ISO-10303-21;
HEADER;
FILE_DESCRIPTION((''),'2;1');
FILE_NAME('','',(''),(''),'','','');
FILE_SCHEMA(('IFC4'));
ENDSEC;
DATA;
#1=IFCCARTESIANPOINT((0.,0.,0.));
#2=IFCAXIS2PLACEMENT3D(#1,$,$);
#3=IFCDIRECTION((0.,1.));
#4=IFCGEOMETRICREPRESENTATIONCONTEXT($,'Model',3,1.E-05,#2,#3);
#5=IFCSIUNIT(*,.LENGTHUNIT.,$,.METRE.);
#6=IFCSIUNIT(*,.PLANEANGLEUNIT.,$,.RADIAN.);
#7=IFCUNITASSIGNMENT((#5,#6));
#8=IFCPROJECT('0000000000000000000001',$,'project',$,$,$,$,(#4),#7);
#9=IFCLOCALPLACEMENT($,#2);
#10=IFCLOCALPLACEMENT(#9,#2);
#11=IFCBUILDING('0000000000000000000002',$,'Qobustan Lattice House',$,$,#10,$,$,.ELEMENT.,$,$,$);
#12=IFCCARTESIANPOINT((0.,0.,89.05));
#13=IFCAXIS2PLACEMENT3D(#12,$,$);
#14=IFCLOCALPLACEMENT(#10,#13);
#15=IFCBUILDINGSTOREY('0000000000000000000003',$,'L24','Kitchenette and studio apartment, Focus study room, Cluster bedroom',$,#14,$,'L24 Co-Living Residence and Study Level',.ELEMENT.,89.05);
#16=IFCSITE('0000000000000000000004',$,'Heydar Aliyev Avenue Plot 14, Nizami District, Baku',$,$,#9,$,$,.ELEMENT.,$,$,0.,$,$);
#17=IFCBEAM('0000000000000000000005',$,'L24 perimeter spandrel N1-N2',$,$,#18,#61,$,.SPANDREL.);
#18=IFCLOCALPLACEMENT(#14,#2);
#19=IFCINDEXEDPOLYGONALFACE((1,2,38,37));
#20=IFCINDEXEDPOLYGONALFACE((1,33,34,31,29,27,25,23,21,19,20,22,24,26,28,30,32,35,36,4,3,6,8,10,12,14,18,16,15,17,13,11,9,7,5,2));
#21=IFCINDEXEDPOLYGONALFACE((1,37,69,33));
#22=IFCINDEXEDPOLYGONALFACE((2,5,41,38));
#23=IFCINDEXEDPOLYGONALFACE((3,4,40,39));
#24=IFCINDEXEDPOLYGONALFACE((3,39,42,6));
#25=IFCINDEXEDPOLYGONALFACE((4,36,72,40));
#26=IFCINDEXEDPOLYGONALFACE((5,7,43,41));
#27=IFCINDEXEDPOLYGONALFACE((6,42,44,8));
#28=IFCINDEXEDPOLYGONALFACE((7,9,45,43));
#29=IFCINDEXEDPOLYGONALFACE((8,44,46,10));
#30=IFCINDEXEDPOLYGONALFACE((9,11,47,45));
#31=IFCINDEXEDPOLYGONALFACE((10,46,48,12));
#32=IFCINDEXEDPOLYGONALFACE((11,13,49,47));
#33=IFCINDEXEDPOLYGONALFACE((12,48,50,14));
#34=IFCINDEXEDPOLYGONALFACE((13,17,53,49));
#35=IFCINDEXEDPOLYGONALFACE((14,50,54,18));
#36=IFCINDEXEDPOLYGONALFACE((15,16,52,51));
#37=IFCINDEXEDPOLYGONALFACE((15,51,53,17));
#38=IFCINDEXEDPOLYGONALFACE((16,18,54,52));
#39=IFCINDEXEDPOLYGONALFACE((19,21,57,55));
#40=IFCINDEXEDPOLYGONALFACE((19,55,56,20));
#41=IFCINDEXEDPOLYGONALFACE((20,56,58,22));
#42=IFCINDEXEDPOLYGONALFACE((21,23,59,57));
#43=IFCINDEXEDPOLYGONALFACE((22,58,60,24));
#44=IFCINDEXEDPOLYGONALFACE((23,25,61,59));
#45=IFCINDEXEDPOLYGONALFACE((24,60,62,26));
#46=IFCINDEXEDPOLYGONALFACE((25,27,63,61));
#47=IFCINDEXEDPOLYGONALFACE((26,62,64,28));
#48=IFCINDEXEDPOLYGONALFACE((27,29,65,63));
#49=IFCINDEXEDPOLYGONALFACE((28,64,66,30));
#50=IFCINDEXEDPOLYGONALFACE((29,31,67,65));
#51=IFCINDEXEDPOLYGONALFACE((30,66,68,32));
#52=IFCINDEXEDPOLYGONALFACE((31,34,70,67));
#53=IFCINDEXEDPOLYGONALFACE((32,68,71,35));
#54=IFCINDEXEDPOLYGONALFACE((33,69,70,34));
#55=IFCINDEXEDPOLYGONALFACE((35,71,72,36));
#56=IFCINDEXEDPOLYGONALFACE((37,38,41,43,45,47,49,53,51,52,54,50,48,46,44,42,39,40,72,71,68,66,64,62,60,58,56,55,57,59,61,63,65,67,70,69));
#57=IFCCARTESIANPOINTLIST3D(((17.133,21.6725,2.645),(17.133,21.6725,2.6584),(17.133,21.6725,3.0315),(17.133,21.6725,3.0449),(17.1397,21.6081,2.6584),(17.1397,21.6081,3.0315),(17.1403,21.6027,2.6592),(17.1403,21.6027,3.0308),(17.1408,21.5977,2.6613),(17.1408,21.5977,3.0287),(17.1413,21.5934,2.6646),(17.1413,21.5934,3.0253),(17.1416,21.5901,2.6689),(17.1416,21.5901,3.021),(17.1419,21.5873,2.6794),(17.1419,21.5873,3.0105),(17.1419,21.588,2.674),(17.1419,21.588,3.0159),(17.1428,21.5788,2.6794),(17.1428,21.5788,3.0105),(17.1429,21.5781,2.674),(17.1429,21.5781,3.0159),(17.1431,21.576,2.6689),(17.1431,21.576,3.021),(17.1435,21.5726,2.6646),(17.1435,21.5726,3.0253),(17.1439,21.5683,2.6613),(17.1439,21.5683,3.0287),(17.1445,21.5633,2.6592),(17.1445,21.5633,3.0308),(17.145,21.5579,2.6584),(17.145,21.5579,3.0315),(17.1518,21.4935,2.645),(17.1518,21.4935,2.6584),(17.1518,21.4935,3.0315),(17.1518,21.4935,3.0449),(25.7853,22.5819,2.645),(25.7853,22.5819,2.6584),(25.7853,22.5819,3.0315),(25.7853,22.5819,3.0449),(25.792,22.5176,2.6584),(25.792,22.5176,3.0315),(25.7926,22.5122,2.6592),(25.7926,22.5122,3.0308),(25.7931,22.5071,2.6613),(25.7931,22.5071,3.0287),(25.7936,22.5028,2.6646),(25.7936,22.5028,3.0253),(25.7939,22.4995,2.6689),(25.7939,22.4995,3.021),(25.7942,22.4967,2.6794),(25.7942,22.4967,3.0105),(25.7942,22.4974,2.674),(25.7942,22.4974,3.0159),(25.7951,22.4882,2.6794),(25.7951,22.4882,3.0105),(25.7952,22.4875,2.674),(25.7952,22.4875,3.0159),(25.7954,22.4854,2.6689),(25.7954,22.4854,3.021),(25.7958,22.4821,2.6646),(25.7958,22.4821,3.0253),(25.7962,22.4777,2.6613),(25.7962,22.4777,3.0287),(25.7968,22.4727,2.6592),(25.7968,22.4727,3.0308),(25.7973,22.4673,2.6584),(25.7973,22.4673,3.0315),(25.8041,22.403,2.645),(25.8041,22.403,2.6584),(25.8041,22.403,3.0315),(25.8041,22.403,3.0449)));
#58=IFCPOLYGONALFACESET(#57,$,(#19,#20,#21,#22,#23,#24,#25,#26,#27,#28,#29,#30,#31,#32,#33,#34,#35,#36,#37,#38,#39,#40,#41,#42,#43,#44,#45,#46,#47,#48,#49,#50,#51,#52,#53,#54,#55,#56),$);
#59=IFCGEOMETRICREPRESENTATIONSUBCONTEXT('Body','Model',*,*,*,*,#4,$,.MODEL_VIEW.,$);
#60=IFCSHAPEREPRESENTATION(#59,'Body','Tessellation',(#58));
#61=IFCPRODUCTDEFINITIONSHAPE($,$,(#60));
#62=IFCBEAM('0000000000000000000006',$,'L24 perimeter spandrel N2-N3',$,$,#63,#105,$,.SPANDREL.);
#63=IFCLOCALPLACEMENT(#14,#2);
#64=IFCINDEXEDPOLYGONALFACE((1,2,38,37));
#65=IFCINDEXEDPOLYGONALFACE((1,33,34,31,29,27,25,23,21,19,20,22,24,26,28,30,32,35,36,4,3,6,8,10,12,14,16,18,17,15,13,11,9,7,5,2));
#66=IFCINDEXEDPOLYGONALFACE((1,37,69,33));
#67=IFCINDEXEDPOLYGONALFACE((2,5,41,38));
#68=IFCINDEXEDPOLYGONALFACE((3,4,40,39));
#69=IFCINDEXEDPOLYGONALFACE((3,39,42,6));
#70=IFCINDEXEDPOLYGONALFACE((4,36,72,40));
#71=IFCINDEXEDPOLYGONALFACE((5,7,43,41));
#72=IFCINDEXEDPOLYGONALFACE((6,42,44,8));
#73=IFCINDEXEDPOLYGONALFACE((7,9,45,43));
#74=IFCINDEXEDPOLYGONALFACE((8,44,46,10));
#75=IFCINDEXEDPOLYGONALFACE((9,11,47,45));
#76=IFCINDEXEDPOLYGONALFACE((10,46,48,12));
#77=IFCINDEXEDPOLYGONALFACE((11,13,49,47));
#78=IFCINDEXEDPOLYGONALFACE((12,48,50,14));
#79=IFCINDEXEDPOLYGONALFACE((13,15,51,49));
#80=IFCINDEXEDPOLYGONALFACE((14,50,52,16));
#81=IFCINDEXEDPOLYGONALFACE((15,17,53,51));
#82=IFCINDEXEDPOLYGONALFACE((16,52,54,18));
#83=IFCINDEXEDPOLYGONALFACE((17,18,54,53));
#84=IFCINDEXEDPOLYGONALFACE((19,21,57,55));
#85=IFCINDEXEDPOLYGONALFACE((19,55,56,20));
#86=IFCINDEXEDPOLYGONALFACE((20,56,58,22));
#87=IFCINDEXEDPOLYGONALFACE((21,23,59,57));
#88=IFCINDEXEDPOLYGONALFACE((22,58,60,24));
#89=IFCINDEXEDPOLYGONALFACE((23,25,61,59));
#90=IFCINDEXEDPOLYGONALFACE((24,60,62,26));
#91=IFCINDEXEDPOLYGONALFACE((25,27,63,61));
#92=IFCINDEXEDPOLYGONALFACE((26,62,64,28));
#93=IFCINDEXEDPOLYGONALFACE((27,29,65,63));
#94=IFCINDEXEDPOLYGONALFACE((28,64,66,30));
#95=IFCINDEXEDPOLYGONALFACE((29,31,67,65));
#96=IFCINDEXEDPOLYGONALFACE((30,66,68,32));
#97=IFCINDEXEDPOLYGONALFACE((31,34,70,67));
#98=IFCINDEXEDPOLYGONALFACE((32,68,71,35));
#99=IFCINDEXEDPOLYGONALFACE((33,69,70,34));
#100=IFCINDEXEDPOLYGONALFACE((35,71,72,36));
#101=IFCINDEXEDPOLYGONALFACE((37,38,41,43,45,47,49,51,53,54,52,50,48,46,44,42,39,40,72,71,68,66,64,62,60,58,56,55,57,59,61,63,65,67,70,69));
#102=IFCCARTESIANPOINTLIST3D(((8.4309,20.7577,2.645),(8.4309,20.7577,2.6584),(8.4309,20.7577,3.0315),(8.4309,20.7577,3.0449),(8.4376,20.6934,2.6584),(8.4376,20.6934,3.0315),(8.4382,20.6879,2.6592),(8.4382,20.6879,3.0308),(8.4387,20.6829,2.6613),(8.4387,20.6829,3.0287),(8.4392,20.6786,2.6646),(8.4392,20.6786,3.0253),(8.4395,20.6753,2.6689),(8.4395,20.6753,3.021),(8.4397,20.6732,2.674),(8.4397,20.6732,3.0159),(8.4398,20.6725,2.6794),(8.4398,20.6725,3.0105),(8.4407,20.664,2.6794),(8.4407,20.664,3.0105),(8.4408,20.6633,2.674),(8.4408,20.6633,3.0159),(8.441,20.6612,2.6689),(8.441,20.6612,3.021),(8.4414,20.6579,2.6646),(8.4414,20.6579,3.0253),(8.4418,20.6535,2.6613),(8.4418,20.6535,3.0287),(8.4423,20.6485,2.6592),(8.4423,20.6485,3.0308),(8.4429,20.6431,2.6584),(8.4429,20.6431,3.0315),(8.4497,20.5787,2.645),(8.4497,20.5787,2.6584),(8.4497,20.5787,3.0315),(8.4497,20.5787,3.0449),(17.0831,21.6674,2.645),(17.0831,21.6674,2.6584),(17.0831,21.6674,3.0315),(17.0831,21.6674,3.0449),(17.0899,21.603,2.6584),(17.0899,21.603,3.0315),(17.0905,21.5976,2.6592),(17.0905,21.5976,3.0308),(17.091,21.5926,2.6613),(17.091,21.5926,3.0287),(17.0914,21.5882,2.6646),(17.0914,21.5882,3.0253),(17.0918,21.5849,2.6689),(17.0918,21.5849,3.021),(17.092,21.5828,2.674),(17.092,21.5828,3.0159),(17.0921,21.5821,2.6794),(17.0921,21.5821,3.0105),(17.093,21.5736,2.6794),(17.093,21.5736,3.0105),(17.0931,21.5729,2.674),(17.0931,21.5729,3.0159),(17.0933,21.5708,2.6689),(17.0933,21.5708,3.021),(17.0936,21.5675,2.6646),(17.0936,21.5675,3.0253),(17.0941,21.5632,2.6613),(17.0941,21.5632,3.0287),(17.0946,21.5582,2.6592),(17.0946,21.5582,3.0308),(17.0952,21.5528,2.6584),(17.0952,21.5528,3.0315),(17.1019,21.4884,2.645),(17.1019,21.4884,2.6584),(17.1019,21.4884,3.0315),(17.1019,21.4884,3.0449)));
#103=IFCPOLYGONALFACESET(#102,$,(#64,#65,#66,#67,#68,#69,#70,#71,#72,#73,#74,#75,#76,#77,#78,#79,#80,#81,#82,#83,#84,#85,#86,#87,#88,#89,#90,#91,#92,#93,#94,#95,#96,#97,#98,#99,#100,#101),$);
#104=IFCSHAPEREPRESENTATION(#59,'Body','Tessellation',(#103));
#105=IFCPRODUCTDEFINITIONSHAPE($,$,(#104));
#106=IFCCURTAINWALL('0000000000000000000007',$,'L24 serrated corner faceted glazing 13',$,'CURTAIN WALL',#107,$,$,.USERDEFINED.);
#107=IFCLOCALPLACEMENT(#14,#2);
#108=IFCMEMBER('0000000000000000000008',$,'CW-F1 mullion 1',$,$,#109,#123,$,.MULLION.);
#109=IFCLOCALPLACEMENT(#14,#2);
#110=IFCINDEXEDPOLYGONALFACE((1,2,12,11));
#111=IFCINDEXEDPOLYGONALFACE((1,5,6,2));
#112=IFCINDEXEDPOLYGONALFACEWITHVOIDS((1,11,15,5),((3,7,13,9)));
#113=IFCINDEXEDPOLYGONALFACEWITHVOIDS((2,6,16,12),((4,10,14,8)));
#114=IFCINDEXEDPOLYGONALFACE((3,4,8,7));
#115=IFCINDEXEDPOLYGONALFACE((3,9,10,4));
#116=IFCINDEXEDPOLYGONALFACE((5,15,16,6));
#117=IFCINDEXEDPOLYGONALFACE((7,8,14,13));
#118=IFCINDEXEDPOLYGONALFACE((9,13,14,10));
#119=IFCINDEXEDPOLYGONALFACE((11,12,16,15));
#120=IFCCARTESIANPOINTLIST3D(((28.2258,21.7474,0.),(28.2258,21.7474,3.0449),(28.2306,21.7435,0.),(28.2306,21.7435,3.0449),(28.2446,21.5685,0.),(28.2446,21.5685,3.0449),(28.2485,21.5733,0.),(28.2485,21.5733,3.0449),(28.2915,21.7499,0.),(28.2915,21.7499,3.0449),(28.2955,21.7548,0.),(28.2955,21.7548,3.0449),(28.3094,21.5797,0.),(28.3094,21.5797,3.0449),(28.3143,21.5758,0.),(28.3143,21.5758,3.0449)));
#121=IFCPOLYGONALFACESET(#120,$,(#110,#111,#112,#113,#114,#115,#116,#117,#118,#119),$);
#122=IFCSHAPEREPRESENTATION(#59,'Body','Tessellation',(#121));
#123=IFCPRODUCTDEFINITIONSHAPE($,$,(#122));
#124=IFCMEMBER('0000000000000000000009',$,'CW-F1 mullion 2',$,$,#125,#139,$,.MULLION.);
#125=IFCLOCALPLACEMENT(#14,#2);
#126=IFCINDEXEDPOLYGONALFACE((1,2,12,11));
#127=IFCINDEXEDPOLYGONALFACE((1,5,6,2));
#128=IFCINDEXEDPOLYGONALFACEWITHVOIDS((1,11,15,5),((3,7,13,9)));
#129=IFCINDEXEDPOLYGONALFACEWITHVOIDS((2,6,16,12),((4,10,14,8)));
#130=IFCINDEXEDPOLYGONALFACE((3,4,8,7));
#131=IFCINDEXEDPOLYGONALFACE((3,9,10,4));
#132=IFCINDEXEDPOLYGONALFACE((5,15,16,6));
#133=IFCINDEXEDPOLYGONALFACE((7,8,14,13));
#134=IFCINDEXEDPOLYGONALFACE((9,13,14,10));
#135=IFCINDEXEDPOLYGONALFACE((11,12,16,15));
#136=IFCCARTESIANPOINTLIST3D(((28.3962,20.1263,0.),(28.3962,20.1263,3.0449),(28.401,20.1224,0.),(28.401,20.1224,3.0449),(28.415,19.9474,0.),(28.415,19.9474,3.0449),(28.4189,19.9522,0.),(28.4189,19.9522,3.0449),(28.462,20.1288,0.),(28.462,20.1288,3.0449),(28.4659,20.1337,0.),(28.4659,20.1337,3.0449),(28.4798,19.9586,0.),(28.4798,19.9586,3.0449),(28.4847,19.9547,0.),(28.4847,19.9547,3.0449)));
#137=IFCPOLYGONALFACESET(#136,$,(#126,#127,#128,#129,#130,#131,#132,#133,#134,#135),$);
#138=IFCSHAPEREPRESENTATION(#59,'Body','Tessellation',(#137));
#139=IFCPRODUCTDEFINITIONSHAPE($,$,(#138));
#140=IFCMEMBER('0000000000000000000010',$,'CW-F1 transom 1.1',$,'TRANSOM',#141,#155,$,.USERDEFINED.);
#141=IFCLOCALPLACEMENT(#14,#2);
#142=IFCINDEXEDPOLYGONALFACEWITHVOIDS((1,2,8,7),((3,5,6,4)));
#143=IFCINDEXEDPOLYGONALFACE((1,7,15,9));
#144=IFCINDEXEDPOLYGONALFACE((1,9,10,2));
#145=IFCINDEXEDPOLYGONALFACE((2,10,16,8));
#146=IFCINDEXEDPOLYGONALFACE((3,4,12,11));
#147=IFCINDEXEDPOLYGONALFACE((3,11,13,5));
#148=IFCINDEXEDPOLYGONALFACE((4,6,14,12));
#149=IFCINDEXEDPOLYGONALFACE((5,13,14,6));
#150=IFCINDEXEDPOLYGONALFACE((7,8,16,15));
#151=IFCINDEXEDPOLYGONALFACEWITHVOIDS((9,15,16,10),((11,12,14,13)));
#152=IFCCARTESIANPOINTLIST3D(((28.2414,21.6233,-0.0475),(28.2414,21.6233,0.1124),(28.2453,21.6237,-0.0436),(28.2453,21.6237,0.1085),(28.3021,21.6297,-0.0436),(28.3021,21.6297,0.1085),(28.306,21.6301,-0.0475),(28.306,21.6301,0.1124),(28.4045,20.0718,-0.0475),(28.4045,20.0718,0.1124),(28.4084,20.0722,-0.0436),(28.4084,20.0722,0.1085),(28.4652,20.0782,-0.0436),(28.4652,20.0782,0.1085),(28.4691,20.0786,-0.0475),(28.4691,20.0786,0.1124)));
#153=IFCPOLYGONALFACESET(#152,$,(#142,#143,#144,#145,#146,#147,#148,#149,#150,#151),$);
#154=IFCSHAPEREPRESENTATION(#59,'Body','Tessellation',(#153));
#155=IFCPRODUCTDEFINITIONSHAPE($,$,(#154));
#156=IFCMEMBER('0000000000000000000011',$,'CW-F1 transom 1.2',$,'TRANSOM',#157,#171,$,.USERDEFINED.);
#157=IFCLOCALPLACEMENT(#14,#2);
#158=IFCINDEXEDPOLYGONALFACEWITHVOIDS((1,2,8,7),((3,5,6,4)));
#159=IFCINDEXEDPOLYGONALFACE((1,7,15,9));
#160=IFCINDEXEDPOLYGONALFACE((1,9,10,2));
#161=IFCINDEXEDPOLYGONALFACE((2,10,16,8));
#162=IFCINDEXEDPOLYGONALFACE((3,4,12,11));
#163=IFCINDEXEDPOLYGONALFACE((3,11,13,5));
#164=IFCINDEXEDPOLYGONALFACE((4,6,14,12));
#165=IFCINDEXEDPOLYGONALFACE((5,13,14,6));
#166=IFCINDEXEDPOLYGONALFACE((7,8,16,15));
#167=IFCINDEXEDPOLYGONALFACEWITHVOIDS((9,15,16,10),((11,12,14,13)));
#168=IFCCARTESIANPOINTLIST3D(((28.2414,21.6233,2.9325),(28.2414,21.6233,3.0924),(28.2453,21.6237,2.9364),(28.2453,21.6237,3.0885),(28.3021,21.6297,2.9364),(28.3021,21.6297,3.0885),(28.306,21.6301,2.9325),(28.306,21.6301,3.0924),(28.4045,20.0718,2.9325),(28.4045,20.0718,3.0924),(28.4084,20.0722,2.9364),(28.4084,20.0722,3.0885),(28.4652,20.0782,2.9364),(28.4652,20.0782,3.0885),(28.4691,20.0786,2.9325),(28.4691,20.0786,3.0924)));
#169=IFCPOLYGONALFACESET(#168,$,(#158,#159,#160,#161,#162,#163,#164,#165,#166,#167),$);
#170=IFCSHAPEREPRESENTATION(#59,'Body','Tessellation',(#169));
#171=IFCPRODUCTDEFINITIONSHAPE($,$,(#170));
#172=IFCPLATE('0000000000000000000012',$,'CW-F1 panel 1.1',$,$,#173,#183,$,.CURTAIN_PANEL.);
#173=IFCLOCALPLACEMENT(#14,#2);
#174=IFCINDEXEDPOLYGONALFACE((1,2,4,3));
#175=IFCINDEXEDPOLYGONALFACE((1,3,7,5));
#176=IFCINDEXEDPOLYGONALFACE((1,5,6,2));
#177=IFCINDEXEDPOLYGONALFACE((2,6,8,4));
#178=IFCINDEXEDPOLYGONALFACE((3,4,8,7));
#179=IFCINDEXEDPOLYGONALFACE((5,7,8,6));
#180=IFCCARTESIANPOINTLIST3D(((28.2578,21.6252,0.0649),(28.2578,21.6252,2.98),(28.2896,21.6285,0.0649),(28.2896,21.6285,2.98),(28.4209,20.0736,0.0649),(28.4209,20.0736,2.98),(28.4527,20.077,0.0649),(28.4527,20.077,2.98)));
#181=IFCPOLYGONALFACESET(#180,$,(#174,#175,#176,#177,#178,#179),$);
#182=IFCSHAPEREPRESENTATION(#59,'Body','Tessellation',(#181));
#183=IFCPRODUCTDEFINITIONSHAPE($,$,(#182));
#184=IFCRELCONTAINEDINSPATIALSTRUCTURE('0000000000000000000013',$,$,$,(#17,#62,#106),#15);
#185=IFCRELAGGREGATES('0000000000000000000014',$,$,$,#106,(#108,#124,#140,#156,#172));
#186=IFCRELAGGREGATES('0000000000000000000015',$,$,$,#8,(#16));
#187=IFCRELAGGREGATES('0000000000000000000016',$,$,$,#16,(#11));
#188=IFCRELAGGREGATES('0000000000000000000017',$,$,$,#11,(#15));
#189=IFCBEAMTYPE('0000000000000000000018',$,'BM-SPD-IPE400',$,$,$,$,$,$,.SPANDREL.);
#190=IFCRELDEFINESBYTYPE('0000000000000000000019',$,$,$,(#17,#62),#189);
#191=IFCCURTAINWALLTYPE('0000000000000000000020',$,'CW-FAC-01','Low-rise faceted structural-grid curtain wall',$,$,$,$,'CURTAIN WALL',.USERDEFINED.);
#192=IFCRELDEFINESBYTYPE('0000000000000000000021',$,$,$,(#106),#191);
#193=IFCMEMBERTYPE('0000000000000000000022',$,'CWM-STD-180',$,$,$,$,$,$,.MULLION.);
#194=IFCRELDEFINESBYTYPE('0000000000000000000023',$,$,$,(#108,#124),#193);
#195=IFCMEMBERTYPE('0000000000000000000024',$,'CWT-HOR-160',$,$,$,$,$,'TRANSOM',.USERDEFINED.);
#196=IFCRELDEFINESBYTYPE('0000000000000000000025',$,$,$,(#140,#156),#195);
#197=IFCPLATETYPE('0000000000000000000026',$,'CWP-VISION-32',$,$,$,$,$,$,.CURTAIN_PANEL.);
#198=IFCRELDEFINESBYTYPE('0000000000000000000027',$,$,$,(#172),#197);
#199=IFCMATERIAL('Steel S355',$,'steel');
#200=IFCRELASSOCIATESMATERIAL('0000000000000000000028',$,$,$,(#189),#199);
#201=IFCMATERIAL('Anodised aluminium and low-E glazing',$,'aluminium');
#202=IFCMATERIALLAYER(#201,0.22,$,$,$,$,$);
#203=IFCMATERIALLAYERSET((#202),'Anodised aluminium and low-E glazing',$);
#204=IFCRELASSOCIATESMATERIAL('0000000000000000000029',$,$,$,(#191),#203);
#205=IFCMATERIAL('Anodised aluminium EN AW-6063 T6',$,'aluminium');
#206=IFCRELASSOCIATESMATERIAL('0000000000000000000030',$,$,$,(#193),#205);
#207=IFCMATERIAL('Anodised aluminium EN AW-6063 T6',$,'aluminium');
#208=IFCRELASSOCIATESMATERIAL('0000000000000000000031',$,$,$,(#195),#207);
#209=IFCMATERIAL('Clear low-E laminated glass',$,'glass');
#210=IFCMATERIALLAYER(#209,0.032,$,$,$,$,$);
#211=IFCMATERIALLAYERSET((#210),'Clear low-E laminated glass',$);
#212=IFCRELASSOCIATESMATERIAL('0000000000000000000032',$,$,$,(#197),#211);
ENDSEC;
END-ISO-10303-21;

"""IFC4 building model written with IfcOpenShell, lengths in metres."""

from ifc_helpers import new_model, si_unit, direction, frame, origin, origin_2d, place, context, subcontext, project, spatial, rectangle, hollow_rectangle, i_section, extrude, material, layer, layer_set, material_profile, profile_set, type_object, element, aggregate, save


model = new_model("IFC4")

# Units and contexts
model_context = context("Model", 3, precision=1e-05, world=origin(), true_north=direction((0.0, 1.0)))
body_context = subcontext(model_context, "Body", "Model", "MODEL_VIEW")
ifc_project = project(units=[si_unit("LENGTHUNIT", "METRE"), si_unit("PLANEANGLEUNIT", "RADIAN")], contexts=[model_context])

# Site, building, storey
site_placement = place(None, origin())
site = spatial("IfcSite", under=ifc_project, at=site_placement, Name="Heydar Aliyev Avenue Plot 14, Nizami District, Baku", CompositionType="ELEMENT", RefElevation=0.0)
building_placement = place(site_placement, origin())
building = spatial("IfcBuilding", under=site, at=building_placement, Name="Qobustan Lattice House", CompositionType="ELEMENT")
storey_placement = place(building_placement, frame((0.0, 0.0, 89.05)))
storey = spatial("IfcBuildingStorey", under=building, at=storey_placement, Name="L24", Description="Kitchenette and studio apartment, Focus study room, Cluster bedroom", LongName="L24 Co-Living Residence and Study Level", CompositionType="ELEMENT", Elevation=89.05)

# Beams
ifc_material_1 = material(Name="Steel S355", Category="steel")
ifc_material_profile_1 = material_profile(ifc_material_1, i_section(OverallWidth=0.1799, OverallDepth=0.3999, WebThickness=0.0085, FlangeThickness=0.0134, FilletRadius=0.021, at=origin_2d()), Name="IPE400")
ifc_profile_set_1 = profile_set([ifc_material_profile_1], Name="Steel S355")
beam_type_1 = type_object("IfcBeamType", Name="BM-SPD-IPE400", PredefinedType="SPANDREL", material=ifc_profile_set_1)
for number, where, z_axis, x_axis, name in (
    (1, (25.7947, 22.4924, 2.845), (-0.994522, -0.104531, 0.0), (0.104531, -0.994522, 0.0), "L24 perimeter spandrel N1-N2"),
    (2, (17.0925, 21.5779, 2.845), (-0.994519, -0.104559, 0.0), (0.104559, -0.994519, 0.0), "L24 perimeter spandrel N2-N3"),
):
    element("IfcBeam", number, at=place(storey_placement, frame(where, z_axis=z_axis, x_axis=x_axis)), inside=storey, type_object=beam_type_1, Name=name, PredefinedType="SPANDREL", context=body_context, shape_type="SweptSolid", body=[
        extrude(i_section(OverallWidth=0.1799, OverallDepth=0.3999, WebThickness=0.0085, FlangeThickness=0.0134, FilletRadius=0.021, at=origin_2d()), origin(), (0.0, 0.0, 1.0), 8.7),
    ])

# Curtain wall, members, plate
ifc_material_2 = material(Name="Anodised aluminium and low-E glazing", Category="aluminium")
ifc_layer_1 = layer(ifc_material_2, 0.22)
ifc_layer_set_1 = layer_set([ifc_layer_1], Name="Anodised aluminium and low-E glazing")
curtain_wall_type = type_object("IfcCurtainWallType", Name="CW-FAC-01", Description="Low-rise faceted structural-grid curtain wall", ElementType="CURTAIN WALL", PredefinedType="USERDEFINED", material=ifc_layer_set_1)
curtain_wall_placement = place(storey_placement, origin())
curtain_wall = element("IfcCurtainWall", 3, at=curtain_wall_placement, inside=storey, type_object=curtain_wall_type, Name="L24 serrated corner faceted glazing 13", ObjectType="CURTAIN WALL", PredefinedType="USERDEFINED")
ifc_material_3 = material(Name="Anodised aluminium EN AW-6063 T6", Category="aluminium")
ifc_material_profile_2 = material_profile(ifc_material_3, hollow_rectangle(XDim=0.0701, YDim=0.1799, WallThickness=0.0044, at=origin_2d()), Name="CWM-180x70")
ifc_profile_set_2 = profile_set([ifc_material_profile_2], Name="Anodised aluminium EN AW-6063 T6")
member_type_1 = type_object("IfcMemberType", Name="CWM-STD-180", PredefinedType="MULLION", material=ifc_profile_set_2)
member_1_placement = place(storey_placement, frame((28.27, 21.6616, 0.0), z_axis=(0.0, 0.0, 1.0), x_axis=(0.994522, 0.104529, 0.0)))
member_1 = element("IfcMember", 4, at=member_1_placement, type_object=member_type_1, Name="CW-F1 mullion 1", PredefinedType="MULLION", context=body_context, shape_type="SweptSolid", body=[
    extrude(hollow_rectangle(XDim=0.0701, YDim=0.1799, WallThickness=0.0044, at=origin_2d()), origin(), (0.0, 0.0, 1.0), 3.0449),
])
member_2_placement = place(storey_placement, frame((28.4404, 20.0405, 0.0), z_axis=(0.0, 0.0, 1.0), x_axis=(0.994522, 0.104529, 0.0)))
member_2 = element("IfcMember", 5, at=member_2_placement, type_object=member_type_1, Name="CW-F1 mullion 2", PredefinedType="MULLION", context=body_context, shape_type="SweptSolid", body=[
    extrude(hollow_rectangle(XDim=0.0701, YDim=0.1799, WallThickness=0.0044, at=origin_2d()), origin(), (0.0, 0.0, 1.0), 3.0449),
])
ifc_material_4 = material(Name="Anodised aluminium EN AW-6063 T6", Category="aluminium")
ifc_material_profile_3 = material_profile(ifc_material_4, hollow_rectangle(XDim=0.0649, YDim=0.1599, WallThickness=0.0039, at=origin_2d()), Name="CWT-160x65")
ifc_profile_set_3 = profile_set([ifc_material_profile_3], Name="Anodised aluminium EN AW-6063 T6")
member_type_2 = type_object("IfcMemberType", Name="CWT-HOR-160", ElementType="TRANSOM", PredefinedType="USERDEFINED", material=ifc_profile_set_3)
member_3_placement = place(storey_placement, frame((28.2737, 21.6267, 0.0325), z_axis=(0.104538, -0.994521, 0.0), x_axis=(0.994521, 0.104538, 0.0)))
member_3 = element("IfcMember", 6, at=member_3_placement, type_object=member_type_2, Name="CW-F1 transom 1.1", ObjectType="TRANSOM", PredefinedType="USERDEFINED", context=body_context, shape_type="SweptSolid", body=[
    extrude(hollow_rectangle(XDim=0.0649, YDim=0.1599, WallThickness=0.0039, at=origin_2d()), origin(), (0.0, 0.0, 1.0), 1.5601),
])
member_4_placement = place(storey_placement, frame((28.2737, 21.6267, 3.0125), z_axis=(0.104538, -0.994521, 0.0), x_axis=(0.994521, 0.104538, 0.0)))
member_4 = element("IfcMember", 7, at=member_4_placement, type_object=member_type_2, Name="CW-F1 transom 1.2", ObjectType="TRANSOM", PredefinedType="USERDEFINED", context=body_context, shape_type="SweptSolid", body=[
    extrude(hollow_rectangle(XDim=0.0649, YDim=0.1599, WallThickness=0.0039, at=origin_2d()), origin(), (0.0, 0.0, 1.0), 1.5601),
])
ifc_material_5 = material(Name="Clear low-E laminated glass", Category="glass")
ifc_layer_2 = layer(ifc_material_5, 0.032)
ifc_layer_set_2 = layer_set([ifc_layer_2], Name="Clear low-E laminated glass")
plate_type = type_object("IfcPlateType", Name="CWP-VISION-32", PredefinedType="CURTAIN_PANEL", material=ifc_layer_set_2)
plate_placement = place(storey_placement, frame((28.3552, 20.8511, 0.0649), z_axis=(0.0, 0.0, 1.0), x_axis=(0.104529, -0.994522, 0.0)))
plate = element("IfcPlate", 8, at=plate_placement, type_object=plate_type, Name="CW-F1 panel 1.1", PredefinedType="CURTAIN_PANEL", context=body_context, shape_type="SweptSolid", body=[
    extrude(rectangle(XDim=1.5601, YDim=0.032, at=origin_2d()), origin(), (0.0, 0.0, 1.0), 2.915),
])
aggregate(curtain_wall, [member_1, member_2, member_3, member_4, plate])

save(model, "model.ifc")
